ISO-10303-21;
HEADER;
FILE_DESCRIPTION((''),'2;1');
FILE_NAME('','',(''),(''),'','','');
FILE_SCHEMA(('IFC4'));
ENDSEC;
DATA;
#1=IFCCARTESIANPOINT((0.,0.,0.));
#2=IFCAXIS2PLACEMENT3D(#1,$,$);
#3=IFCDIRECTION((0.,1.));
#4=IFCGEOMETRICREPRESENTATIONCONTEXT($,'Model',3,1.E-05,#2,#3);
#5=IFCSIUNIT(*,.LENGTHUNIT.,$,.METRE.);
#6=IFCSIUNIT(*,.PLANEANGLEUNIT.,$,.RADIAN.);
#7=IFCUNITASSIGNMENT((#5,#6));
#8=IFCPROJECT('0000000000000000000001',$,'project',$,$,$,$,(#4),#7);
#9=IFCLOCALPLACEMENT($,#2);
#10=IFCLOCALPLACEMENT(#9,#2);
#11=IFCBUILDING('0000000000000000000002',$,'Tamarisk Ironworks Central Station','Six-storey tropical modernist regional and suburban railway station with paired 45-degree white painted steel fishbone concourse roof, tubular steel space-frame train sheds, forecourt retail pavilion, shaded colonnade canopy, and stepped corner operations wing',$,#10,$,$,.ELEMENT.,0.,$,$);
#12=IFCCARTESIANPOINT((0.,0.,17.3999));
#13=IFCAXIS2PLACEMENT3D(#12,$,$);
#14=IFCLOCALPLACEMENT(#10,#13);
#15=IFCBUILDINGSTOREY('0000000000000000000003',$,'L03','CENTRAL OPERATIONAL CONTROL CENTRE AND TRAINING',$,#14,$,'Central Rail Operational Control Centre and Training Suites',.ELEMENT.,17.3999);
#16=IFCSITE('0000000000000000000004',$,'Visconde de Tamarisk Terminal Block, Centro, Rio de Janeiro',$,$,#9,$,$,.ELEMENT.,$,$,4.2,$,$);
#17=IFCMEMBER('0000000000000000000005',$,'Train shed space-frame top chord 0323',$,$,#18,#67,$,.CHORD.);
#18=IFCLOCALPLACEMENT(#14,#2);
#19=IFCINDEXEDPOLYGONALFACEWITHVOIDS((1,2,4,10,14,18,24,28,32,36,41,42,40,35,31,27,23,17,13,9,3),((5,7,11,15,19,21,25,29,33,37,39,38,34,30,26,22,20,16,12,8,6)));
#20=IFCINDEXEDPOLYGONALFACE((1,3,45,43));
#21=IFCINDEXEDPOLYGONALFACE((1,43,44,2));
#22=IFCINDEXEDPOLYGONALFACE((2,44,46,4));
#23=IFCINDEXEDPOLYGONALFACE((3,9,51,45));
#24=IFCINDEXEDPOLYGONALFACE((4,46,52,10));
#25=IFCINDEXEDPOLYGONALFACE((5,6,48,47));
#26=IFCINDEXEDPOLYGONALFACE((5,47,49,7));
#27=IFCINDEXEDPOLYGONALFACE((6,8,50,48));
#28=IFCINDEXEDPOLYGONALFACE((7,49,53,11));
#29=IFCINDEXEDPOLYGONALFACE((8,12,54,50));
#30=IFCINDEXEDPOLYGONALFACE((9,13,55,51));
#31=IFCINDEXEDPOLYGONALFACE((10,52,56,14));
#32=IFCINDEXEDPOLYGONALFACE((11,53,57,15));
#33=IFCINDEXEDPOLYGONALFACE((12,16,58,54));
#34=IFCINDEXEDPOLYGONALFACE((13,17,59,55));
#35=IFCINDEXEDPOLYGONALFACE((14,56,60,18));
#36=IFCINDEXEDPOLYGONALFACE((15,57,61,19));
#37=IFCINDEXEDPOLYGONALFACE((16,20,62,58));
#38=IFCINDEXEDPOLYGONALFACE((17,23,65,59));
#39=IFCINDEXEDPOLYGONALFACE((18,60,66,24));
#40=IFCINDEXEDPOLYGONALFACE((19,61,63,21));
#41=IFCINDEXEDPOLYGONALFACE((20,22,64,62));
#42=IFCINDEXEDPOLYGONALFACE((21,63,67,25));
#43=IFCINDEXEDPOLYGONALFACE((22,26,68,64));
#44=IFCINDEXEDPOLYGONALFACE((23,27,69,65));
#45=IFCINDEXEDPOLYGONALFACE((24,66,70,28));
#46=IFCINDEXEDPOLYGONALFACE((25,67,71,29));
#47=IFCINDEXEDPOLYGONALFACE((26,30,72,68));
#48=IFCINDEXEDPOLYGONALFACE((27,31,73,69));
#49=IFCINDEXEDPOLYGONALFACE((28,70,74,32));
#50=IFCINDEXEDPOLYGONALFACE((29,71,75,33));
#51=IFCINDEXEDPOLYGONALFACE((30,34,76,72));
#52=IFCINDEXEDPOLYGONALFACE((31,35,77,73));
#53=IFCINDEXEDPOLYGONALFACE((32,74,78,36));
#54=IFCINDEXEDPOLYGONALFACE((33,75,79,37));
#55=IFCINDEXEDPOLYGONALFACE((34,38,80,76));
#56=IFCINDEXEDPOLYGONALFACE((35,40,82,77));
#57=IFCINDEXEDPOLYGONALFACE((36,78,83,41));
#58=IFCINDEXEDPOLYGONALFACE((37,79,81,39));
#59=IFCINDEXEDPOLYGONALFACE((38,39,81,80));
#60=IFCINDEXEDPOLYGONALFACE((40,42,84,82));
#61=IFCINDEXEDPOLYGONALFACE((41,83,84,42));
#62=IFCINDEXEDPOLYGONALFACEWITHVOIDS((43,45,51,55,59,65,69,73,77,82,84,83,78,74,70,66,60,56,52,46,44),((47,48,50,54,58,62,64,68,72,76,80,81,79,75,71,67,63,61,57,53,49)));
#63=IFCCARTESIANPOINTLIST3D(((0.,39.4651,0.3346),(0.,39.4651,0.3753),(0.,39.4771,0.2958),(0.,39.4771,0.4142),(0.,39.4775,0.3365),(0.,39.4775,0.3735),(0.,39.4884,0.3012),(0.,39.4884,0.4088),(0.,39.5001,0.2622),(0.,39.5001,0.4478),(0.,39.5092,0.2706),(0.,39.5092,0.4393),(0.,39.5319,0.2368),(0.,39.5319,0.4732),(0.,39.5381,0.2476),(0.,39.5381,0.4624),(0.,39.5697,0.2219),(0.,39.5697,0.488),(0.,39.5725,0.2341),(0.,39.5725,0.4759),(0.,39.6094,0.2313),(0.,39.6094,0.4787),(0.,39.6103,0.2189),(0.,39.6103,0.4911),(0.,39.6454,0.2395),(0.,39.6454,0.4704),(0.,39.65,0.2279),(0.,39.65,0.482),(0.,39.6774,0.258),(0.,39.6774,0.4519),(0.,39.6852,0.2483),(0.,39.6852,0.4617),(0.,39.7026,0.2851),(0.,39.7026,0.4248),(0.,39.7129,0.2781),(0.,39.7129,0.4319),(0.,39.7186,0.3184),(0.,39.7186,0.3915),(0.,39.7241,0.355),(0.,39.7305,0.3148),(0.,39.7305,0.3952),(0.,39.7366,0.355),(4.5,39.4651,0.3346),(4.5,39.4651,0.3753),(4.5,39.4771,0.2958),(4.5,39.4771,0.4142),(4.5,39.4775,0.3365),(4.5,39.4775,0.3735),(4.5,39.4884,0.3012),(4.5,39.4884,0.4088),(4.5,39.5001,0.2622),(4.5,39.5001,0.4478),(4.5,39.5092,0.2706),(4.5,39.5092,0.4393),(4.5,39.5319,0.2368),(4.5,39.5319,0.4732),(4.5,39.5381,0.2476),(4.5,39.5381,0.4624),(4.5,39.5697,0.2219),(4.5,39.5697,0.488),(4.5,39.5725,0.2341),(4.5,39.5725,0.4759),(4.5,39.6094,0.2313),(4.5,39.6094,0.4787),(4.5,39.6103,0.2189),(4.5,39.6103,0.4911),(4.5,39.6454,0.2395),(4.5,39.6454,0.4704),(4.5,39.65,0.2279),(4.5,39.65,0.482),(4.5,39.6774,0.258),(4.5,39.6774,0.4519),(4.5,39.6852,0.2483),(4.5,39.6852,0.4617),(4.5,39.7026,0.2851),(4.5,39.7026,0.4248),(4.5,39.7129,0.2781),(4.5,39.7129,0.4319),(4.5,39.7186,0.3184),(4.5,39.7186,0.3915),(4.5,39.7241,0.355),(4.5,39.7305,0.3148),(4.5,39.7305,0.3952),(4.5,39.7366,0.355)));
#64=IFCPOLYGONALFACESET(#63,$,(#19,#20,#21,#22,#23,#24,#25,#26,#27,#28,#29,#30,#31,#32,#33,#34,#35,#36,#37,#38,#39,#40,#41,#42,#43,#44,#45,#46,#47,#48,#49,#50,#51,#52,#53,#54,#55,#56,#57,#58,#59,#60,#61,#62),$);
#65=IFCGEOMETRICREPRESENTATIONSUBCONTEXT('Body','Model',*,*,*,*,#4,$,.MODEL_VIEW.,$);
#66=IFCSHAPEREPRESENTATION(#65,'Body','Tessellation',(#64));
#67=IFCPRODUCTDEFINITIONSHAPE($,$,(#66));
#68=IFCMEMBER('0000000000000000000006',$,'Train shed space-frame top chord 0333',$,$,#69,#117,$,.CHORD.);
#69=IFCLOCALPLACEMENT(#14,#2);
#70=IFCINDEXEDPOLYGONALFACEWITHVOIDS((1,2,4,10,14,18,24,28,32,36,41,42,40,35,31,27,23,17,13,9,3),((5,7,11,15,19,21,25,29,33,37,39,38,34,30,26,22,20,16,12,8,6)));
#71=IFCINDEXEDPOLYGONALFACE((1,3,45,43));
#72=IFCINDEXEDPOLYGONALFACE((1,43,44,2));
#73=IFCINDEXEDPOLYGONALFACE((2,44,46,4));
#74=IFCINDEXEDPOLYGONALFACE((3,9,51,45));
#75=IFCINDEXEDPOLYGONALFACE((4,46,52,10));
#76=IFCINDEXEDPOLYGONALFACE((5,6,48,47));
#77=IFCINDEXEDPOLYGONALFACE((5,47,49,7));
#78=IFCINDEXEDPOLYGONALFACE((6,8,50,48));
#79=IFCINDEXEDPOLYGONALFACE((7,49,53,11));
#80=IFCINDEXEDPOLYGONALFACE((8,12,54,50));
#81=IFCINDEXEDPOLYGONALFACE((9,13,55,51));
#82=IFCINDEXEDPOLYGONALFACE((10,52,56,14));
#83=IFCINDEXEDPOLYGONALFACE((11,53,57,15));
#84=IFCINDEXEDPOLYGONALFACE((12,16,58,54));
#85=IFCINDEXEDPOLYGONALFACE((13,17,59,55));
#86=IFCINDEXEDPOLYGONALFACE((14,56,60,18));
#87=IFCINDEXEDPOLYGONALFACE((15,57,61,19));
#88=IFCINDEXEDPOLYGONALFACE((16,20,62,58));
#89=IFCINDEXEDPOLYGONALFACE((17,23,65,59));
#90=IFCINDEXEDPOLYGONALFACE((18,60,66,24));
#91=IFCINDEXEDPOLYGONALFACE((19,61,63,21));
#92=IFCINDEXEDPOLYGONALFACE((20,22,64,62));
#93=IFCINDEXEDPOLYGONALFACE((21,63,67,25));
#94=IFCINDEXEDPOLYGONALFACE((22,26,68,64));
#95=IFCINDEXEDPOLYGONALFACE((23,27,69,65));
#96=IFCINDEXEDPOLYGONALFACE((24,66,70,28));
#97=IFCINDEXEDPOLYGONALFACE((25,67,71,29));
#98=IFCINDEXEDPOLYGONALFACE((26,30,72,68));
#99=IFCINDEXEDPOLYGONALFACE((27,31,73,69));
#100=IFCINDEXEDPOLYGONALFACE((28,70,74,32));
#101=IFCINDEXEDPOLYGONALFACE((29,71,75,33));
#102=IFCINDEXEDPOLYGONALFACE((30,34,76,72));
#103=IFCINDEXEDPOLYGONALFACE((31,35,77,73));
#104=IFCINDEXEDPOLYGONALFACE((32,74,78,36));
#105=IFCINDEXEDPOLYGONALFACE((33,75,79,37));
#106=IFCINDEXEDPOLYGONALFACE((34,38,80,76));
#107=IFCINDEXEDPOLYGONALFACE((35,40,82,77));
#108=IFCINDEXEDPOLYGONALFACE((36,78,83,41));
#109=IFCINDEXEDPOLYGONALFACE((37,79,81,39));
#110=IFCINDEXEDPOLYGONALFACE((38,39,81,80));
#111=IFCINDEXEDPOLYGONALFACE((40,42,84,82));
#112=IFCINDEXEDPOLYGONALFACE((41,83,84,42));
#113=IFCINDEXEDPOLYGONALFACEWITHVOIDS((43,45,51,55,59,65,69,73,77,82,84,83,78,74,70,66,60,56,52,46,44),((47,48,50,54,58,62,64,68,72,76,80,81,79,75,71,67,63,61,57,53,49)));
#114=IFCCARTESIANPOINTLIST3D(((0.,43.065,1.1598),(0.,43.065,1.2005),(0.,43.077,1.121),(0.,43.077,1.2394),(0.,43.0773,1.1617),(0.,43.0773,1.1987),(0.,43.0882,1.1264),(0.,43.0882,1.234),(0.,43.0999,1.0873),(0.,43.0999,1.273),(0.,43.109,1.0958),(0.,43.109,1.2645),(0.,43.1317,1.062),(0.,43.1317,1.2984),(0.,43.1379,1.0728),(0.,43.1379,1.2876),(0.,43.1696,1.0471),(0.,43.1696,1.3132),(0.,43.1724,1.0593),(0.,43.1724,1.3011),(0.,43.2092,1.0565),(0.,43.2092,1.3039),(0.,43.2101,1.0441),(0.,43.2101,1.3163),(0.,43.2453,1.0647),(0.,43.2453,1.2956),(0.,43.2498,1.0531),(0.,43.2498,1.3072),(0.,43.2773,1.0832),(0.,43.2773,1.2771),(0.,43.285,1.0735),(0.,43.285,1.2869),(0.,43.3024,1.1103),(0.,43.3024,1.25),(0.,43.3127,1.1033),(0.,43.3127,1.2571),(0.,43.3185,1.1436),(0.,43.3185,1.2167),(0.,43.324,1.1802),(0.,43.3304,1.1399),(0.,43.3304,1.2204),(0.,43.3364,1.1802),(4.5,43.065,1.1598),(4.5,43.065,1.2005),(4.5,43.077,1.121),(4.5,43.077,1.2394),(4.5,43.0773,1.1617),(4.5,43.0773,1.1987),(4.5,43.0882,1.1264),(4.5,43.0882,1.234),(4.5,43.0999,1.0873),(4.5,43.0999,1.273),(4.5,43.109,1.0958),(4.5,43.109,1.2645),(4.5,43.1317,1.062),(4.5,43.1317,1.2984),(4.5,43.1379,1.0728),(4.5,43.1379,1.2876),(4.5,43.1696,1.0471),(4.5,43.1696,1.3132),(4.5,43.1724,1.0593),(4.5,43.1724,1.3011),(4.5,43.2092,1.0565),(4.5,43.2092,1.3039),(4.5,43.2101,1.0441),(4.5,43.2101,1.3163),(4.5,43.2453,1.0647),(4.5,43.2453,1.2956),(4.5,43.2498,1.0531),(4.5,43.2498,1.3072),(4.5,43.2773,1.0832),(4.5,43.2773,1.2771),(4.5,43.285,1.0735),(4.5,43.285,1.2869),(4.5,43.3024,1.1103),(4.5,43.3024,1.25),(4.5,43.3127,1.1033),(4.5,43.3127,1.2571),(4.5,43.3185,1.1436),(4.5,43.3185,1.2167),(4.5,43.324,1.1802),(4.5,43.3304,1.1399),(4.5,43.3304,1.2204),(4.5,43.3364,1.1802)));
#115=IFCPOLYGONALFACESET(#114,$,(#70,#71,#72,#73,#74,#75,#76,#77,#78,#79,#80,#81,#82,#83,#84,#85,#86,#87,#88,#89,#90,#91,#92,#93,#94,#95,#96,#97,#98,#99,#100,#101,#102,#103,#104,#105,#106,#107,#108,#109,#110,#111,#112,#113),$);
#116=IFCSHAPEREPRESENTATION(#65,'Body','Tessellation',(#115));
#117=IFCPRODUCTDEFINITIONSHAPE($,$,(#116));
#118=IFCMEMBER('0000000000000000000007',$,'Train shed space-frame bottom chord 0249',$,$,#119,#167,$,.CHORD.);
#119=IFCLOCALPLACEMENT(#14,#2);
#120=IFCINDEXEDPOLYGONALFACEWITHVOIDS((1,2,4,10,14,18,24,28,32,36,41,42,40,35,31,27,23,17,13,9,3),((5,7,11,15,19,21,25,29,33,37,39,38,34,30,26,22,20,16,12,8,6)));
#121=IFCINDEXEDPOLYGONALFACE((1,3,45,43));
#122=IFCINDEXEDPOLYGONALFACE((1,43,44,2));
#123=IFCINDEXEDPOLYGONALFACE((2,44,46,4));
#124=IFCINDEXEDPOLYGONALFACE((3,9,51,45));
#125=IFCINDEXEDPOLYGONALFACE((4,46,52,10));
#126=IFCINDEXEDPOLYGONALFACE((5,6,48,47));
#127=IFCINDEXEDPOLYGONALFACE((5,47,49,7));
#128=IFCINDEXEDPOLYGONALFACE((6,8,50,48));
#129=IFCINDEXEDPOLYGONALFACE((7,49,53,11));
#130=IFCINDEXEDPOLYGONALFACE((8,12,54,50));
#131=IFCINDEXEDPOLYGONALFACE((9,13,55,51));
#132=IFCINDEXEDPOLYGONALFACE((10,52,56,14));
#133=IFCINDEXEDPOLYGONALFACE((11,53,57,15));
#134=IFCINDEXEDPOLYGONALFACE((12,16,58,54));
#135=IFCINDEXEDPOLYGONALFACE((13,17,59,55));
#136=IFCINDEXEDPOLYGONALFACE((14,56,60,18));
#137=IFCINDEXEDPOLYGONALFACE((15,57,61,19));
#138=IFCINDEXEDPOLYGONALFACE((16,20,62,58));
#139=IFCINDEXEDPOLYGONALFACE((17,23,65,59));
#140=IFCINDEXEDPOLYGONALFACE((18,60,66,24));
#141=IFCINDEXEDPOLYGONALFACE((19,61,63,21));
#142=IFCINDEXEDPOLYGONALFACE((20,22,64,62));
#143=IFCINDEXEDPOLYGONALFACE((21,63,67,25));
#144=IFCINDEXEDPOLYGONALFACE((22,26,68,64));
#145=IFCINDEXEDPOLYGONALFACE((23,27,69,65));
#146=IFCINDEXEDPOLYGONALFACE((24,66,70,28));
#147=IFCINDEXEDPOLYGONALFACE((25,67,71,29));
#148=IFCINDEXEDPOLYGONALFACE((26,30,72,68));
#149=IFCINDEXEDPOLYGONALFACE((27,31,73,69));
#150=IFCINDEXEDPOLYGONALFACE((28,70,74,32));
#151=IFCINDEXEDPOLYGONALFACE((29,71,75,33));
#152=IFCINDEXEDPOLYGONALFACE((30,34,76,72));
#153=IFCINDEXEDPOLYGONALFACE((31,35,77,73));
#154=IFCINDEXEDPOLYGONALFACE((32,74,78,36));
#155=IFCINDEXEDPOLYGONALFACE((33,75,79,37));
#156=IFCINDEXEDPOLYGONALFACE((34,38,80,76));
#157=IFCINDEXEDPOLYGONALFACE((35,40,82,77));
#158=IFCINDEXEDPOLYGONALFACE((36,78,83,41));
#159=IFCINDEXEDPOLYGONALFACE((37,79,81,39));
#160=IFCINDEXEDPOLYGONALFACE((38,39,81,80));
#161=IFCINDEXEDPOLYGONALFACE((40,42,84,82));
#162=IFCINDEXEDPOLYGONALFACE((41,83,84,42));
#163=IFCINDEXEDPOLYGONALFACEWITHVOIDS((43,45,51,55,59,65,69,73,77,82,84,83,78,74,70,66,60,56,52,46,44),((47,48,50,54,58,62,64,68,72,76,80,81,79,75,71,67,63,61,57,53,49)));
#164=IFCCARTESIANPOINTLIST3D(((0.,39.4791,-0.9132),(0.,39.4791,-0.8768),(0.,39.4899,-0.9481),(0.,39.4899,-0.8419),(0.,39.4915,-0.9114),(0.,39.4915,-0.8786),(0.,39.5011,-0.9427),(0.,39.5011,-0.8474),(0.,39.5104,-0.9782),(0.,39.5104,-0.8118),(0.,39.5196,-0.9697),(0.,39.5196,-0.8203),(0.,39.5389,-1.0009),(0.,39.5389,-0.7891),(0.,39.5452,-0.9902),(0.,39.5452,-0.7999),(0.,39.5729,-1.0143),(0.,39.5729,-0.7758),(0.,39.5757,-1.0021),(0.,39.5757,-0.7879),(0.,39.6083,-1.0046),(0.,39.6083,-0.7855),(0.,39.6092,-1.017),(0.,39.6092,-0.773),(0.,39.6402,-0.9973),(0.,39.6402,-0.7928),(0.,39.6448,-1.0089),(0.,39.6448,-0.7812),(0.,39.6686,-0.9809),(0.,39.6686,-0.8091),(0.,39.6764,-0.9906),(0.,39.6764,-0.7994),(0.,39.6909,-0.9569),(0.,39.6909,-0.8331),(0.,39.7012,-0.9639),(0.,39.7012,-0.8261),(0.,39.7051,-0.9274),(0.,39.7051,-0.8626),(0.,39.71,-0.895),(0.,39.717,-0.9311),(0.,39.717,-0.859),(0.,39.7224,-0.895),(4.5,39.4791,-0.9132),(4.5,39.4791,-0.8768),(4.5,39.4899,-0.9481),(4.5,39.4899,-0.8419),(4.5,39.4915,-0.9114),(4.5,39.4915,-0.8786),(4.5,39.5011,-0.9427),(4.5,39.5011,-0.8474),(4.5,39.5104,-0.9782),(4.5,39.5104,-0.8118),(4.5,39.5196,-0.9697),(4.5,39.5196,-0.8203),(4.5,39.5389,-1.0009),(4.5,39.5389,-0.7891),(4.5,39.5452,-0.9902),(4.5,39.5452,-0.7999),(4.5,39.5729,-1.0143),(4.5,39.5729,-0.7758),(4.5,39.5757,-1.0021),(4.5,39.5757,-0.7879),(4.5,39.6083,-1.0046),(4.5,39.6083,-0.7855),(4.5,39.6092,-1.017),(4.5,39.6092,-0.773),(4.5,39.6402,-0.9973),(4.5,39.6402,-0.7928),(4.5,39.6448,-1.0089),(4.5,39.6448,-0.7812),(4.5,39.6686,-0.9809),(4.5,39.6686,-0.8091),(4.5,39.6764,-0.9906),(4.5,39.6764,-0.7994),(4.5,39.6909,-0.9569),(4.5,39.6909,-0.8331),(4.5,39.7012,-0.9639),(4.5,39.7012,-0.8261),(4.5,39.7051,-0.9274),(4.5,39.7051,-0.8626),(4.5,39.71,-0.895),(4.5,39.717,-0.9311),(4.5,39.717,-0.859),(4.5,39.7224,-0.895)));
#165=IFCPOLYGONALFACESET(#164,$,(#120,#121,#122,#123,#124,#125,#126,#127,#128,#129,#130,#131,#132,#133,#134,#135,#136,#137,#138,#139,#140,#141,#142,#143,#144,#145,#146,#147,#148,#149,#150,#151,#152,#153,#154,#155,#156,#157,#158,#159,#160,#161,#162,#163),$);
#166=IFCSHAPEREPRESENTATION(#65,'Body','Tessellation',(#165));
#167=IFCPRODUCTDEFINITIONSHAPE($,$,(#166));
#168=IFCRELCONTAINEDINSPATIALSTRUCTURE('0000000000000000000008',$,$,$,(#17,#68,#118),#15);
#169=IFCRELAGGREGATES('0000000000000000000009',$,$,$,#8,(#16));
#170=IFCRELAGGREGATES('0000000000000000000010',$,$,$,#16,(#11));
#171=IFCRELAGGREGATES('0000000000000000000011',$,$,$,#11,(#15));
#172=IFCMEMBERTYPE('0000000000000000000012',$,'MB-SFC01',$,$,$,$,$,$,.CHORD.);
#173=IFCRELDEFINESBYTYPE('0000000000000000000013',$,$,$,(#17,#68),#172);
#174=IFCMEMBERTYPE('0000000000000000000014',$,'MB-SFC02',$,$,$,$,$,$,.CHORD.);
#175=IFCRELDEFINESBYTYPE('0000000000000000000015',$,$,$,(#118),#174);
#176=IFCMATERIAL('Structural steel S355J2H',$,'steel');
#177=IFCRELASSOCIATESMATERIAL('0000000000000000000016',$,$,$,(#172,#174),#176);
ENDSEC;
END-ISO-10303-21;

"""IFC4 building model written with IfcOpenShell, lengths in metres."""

from ifc_helpers import new_model, si_unit, direction, frame, origin, origin_2d, place, context, subcontext, project, spatial, hollow_circle, extrude, material, material_profile, profile_set, type_object, element, save


model = new_model("IFC4")

# Units and contexts
model_context = context("Model", 3, precision=1e-05, world=origin(), true_north=direction((0.0, 1.0)))
body_context = subcontext(model_context, "Body", "Model", "MODEL_VIEW")
ifc_project = project(units=[si_unit("LENGTHUNIT", "METRE"), si_unit("PLANEANGLEUNIT", "RADIAN")], contexts=[model_context])

# Site, building, storey
site_placement = place(None, origin())
site = spatial("IfcSite", under=ifc_project, at=site_placement, Name="Visconde de Tamarisk Terminal Block, Centro, Rio de Janeiro", CompositionType="ELEMENT", RefElevation=4.2)
building_placement = place(site_placement, origin())
building = spatial("IfcBuilding", under=site, at=building_placement, Name="Tamarisk Ironworks Central Station", Description="Six-storey tropical modernist regional and suburban railway station with paired 45-degree white painted steel fishbone concourse roof, tubular steel space-frame train sheds, forecourt retail pavilion, shaded colonnade canopy, and stepped corner operations wing", CompositionType="ELEMENT", ElevationOfRefHeight=0.0)
storey_placement = place(building_placement, frame((0.0, 0.0, 17.3999)))
storey = spatial("IfcBuildingStorey", under=building, at=storey_placement, Name="L03", Description="CENTRAL OPERATIONAL CONTROL CENTRE AND TRAINING", LongName="Central Rail Operational Control Centre and Training Suites", CompositionType="ELEMENT", Elevation=17.3999)

# Members
ifc_material_1 = material(Name="Structural steel S355J2H", Category="steel")
ifc_material_profile_1 = material_profile(ifc_material_1, hollow_circle(Radius=0.1365, WallThickness=0.0125, at=origin_2d()), Name="CHS 273x12.5")
ifc_profile_set_1 = profile_set([ifc_material_profile_1], Name="Structural steel S355J2H")
member_type_1 = type_object("IfcMemberType", Name="MB-SFC01", PredefinedType="CHORD", material=ifc_profile_set_1)
for number, where, z_axis, x_axis, name in (
    (1, (0.0, 39.6001, 0.355), (1.0, 0.0, 0.0), (0.0, 1.0, 0.0), "Train shed space-frame top chord 0323"),
    (2, (0.0, 43.2, 1.1802), (1.0, 0.0, 0.0), (0.0, 1.0, 0.0), "Train shed space-frame top chord 0333"),
):
    element("IfcMember", number, at=place(storey_placement, frame(where, z_axis=z_axis, x_axis=x_axis)), inside=storey, type_object=member_type_1, Name=name, PredefinedType="CHORD", context=body_context, shape_type="SweptSolid", body=[
        extrude(hollow_circle(Radius=0.1365, WallThickness=0.0125, at=origin_2d()), origin(), (0.0, 0.0, 1.0), 4.5),
    ])
ifc_material_profile_2 = material_profile(ifc_material_1, hollow_circle(Radius=0.1223, WallThickness=0.0125, at=origin_2d()), Name="CHS 244.5x12.5")
ifc_profile_set_2 = profile_set([ifc_material_profile_2], Name="Structural steel S355J2H")
member_type_2 = type_object("IfcMemberType", Name="MB-SFC02", PredefinedType="CHORD", material=ifc_profile_set_2)
for number, where, z_axis, x_axis, name in (
    (3, (0.0, 39.6001, -0.895), (1.0, 0.0, 0.0), (0.0, 1.0, 0.0), "Train shed space-frame bottom chord 0249"),
):
    element("IfcMember", number, at=place(storey_placement, frame(where, z_axis=z_axis, x_axis=x_axis)), inside=storey, type_object=member_type_2, Name=name, PredefinedType="CHORD", context=body_context, shape_type="SweptSolid", body=[
        extrude(hollow_circle(Radius=0.1223, WallThickness=0.0125, at=origin_2d()), origin(), (0.0, 0.0, 1.0), 4.5),
    ])

save(model, "model.ifc")
